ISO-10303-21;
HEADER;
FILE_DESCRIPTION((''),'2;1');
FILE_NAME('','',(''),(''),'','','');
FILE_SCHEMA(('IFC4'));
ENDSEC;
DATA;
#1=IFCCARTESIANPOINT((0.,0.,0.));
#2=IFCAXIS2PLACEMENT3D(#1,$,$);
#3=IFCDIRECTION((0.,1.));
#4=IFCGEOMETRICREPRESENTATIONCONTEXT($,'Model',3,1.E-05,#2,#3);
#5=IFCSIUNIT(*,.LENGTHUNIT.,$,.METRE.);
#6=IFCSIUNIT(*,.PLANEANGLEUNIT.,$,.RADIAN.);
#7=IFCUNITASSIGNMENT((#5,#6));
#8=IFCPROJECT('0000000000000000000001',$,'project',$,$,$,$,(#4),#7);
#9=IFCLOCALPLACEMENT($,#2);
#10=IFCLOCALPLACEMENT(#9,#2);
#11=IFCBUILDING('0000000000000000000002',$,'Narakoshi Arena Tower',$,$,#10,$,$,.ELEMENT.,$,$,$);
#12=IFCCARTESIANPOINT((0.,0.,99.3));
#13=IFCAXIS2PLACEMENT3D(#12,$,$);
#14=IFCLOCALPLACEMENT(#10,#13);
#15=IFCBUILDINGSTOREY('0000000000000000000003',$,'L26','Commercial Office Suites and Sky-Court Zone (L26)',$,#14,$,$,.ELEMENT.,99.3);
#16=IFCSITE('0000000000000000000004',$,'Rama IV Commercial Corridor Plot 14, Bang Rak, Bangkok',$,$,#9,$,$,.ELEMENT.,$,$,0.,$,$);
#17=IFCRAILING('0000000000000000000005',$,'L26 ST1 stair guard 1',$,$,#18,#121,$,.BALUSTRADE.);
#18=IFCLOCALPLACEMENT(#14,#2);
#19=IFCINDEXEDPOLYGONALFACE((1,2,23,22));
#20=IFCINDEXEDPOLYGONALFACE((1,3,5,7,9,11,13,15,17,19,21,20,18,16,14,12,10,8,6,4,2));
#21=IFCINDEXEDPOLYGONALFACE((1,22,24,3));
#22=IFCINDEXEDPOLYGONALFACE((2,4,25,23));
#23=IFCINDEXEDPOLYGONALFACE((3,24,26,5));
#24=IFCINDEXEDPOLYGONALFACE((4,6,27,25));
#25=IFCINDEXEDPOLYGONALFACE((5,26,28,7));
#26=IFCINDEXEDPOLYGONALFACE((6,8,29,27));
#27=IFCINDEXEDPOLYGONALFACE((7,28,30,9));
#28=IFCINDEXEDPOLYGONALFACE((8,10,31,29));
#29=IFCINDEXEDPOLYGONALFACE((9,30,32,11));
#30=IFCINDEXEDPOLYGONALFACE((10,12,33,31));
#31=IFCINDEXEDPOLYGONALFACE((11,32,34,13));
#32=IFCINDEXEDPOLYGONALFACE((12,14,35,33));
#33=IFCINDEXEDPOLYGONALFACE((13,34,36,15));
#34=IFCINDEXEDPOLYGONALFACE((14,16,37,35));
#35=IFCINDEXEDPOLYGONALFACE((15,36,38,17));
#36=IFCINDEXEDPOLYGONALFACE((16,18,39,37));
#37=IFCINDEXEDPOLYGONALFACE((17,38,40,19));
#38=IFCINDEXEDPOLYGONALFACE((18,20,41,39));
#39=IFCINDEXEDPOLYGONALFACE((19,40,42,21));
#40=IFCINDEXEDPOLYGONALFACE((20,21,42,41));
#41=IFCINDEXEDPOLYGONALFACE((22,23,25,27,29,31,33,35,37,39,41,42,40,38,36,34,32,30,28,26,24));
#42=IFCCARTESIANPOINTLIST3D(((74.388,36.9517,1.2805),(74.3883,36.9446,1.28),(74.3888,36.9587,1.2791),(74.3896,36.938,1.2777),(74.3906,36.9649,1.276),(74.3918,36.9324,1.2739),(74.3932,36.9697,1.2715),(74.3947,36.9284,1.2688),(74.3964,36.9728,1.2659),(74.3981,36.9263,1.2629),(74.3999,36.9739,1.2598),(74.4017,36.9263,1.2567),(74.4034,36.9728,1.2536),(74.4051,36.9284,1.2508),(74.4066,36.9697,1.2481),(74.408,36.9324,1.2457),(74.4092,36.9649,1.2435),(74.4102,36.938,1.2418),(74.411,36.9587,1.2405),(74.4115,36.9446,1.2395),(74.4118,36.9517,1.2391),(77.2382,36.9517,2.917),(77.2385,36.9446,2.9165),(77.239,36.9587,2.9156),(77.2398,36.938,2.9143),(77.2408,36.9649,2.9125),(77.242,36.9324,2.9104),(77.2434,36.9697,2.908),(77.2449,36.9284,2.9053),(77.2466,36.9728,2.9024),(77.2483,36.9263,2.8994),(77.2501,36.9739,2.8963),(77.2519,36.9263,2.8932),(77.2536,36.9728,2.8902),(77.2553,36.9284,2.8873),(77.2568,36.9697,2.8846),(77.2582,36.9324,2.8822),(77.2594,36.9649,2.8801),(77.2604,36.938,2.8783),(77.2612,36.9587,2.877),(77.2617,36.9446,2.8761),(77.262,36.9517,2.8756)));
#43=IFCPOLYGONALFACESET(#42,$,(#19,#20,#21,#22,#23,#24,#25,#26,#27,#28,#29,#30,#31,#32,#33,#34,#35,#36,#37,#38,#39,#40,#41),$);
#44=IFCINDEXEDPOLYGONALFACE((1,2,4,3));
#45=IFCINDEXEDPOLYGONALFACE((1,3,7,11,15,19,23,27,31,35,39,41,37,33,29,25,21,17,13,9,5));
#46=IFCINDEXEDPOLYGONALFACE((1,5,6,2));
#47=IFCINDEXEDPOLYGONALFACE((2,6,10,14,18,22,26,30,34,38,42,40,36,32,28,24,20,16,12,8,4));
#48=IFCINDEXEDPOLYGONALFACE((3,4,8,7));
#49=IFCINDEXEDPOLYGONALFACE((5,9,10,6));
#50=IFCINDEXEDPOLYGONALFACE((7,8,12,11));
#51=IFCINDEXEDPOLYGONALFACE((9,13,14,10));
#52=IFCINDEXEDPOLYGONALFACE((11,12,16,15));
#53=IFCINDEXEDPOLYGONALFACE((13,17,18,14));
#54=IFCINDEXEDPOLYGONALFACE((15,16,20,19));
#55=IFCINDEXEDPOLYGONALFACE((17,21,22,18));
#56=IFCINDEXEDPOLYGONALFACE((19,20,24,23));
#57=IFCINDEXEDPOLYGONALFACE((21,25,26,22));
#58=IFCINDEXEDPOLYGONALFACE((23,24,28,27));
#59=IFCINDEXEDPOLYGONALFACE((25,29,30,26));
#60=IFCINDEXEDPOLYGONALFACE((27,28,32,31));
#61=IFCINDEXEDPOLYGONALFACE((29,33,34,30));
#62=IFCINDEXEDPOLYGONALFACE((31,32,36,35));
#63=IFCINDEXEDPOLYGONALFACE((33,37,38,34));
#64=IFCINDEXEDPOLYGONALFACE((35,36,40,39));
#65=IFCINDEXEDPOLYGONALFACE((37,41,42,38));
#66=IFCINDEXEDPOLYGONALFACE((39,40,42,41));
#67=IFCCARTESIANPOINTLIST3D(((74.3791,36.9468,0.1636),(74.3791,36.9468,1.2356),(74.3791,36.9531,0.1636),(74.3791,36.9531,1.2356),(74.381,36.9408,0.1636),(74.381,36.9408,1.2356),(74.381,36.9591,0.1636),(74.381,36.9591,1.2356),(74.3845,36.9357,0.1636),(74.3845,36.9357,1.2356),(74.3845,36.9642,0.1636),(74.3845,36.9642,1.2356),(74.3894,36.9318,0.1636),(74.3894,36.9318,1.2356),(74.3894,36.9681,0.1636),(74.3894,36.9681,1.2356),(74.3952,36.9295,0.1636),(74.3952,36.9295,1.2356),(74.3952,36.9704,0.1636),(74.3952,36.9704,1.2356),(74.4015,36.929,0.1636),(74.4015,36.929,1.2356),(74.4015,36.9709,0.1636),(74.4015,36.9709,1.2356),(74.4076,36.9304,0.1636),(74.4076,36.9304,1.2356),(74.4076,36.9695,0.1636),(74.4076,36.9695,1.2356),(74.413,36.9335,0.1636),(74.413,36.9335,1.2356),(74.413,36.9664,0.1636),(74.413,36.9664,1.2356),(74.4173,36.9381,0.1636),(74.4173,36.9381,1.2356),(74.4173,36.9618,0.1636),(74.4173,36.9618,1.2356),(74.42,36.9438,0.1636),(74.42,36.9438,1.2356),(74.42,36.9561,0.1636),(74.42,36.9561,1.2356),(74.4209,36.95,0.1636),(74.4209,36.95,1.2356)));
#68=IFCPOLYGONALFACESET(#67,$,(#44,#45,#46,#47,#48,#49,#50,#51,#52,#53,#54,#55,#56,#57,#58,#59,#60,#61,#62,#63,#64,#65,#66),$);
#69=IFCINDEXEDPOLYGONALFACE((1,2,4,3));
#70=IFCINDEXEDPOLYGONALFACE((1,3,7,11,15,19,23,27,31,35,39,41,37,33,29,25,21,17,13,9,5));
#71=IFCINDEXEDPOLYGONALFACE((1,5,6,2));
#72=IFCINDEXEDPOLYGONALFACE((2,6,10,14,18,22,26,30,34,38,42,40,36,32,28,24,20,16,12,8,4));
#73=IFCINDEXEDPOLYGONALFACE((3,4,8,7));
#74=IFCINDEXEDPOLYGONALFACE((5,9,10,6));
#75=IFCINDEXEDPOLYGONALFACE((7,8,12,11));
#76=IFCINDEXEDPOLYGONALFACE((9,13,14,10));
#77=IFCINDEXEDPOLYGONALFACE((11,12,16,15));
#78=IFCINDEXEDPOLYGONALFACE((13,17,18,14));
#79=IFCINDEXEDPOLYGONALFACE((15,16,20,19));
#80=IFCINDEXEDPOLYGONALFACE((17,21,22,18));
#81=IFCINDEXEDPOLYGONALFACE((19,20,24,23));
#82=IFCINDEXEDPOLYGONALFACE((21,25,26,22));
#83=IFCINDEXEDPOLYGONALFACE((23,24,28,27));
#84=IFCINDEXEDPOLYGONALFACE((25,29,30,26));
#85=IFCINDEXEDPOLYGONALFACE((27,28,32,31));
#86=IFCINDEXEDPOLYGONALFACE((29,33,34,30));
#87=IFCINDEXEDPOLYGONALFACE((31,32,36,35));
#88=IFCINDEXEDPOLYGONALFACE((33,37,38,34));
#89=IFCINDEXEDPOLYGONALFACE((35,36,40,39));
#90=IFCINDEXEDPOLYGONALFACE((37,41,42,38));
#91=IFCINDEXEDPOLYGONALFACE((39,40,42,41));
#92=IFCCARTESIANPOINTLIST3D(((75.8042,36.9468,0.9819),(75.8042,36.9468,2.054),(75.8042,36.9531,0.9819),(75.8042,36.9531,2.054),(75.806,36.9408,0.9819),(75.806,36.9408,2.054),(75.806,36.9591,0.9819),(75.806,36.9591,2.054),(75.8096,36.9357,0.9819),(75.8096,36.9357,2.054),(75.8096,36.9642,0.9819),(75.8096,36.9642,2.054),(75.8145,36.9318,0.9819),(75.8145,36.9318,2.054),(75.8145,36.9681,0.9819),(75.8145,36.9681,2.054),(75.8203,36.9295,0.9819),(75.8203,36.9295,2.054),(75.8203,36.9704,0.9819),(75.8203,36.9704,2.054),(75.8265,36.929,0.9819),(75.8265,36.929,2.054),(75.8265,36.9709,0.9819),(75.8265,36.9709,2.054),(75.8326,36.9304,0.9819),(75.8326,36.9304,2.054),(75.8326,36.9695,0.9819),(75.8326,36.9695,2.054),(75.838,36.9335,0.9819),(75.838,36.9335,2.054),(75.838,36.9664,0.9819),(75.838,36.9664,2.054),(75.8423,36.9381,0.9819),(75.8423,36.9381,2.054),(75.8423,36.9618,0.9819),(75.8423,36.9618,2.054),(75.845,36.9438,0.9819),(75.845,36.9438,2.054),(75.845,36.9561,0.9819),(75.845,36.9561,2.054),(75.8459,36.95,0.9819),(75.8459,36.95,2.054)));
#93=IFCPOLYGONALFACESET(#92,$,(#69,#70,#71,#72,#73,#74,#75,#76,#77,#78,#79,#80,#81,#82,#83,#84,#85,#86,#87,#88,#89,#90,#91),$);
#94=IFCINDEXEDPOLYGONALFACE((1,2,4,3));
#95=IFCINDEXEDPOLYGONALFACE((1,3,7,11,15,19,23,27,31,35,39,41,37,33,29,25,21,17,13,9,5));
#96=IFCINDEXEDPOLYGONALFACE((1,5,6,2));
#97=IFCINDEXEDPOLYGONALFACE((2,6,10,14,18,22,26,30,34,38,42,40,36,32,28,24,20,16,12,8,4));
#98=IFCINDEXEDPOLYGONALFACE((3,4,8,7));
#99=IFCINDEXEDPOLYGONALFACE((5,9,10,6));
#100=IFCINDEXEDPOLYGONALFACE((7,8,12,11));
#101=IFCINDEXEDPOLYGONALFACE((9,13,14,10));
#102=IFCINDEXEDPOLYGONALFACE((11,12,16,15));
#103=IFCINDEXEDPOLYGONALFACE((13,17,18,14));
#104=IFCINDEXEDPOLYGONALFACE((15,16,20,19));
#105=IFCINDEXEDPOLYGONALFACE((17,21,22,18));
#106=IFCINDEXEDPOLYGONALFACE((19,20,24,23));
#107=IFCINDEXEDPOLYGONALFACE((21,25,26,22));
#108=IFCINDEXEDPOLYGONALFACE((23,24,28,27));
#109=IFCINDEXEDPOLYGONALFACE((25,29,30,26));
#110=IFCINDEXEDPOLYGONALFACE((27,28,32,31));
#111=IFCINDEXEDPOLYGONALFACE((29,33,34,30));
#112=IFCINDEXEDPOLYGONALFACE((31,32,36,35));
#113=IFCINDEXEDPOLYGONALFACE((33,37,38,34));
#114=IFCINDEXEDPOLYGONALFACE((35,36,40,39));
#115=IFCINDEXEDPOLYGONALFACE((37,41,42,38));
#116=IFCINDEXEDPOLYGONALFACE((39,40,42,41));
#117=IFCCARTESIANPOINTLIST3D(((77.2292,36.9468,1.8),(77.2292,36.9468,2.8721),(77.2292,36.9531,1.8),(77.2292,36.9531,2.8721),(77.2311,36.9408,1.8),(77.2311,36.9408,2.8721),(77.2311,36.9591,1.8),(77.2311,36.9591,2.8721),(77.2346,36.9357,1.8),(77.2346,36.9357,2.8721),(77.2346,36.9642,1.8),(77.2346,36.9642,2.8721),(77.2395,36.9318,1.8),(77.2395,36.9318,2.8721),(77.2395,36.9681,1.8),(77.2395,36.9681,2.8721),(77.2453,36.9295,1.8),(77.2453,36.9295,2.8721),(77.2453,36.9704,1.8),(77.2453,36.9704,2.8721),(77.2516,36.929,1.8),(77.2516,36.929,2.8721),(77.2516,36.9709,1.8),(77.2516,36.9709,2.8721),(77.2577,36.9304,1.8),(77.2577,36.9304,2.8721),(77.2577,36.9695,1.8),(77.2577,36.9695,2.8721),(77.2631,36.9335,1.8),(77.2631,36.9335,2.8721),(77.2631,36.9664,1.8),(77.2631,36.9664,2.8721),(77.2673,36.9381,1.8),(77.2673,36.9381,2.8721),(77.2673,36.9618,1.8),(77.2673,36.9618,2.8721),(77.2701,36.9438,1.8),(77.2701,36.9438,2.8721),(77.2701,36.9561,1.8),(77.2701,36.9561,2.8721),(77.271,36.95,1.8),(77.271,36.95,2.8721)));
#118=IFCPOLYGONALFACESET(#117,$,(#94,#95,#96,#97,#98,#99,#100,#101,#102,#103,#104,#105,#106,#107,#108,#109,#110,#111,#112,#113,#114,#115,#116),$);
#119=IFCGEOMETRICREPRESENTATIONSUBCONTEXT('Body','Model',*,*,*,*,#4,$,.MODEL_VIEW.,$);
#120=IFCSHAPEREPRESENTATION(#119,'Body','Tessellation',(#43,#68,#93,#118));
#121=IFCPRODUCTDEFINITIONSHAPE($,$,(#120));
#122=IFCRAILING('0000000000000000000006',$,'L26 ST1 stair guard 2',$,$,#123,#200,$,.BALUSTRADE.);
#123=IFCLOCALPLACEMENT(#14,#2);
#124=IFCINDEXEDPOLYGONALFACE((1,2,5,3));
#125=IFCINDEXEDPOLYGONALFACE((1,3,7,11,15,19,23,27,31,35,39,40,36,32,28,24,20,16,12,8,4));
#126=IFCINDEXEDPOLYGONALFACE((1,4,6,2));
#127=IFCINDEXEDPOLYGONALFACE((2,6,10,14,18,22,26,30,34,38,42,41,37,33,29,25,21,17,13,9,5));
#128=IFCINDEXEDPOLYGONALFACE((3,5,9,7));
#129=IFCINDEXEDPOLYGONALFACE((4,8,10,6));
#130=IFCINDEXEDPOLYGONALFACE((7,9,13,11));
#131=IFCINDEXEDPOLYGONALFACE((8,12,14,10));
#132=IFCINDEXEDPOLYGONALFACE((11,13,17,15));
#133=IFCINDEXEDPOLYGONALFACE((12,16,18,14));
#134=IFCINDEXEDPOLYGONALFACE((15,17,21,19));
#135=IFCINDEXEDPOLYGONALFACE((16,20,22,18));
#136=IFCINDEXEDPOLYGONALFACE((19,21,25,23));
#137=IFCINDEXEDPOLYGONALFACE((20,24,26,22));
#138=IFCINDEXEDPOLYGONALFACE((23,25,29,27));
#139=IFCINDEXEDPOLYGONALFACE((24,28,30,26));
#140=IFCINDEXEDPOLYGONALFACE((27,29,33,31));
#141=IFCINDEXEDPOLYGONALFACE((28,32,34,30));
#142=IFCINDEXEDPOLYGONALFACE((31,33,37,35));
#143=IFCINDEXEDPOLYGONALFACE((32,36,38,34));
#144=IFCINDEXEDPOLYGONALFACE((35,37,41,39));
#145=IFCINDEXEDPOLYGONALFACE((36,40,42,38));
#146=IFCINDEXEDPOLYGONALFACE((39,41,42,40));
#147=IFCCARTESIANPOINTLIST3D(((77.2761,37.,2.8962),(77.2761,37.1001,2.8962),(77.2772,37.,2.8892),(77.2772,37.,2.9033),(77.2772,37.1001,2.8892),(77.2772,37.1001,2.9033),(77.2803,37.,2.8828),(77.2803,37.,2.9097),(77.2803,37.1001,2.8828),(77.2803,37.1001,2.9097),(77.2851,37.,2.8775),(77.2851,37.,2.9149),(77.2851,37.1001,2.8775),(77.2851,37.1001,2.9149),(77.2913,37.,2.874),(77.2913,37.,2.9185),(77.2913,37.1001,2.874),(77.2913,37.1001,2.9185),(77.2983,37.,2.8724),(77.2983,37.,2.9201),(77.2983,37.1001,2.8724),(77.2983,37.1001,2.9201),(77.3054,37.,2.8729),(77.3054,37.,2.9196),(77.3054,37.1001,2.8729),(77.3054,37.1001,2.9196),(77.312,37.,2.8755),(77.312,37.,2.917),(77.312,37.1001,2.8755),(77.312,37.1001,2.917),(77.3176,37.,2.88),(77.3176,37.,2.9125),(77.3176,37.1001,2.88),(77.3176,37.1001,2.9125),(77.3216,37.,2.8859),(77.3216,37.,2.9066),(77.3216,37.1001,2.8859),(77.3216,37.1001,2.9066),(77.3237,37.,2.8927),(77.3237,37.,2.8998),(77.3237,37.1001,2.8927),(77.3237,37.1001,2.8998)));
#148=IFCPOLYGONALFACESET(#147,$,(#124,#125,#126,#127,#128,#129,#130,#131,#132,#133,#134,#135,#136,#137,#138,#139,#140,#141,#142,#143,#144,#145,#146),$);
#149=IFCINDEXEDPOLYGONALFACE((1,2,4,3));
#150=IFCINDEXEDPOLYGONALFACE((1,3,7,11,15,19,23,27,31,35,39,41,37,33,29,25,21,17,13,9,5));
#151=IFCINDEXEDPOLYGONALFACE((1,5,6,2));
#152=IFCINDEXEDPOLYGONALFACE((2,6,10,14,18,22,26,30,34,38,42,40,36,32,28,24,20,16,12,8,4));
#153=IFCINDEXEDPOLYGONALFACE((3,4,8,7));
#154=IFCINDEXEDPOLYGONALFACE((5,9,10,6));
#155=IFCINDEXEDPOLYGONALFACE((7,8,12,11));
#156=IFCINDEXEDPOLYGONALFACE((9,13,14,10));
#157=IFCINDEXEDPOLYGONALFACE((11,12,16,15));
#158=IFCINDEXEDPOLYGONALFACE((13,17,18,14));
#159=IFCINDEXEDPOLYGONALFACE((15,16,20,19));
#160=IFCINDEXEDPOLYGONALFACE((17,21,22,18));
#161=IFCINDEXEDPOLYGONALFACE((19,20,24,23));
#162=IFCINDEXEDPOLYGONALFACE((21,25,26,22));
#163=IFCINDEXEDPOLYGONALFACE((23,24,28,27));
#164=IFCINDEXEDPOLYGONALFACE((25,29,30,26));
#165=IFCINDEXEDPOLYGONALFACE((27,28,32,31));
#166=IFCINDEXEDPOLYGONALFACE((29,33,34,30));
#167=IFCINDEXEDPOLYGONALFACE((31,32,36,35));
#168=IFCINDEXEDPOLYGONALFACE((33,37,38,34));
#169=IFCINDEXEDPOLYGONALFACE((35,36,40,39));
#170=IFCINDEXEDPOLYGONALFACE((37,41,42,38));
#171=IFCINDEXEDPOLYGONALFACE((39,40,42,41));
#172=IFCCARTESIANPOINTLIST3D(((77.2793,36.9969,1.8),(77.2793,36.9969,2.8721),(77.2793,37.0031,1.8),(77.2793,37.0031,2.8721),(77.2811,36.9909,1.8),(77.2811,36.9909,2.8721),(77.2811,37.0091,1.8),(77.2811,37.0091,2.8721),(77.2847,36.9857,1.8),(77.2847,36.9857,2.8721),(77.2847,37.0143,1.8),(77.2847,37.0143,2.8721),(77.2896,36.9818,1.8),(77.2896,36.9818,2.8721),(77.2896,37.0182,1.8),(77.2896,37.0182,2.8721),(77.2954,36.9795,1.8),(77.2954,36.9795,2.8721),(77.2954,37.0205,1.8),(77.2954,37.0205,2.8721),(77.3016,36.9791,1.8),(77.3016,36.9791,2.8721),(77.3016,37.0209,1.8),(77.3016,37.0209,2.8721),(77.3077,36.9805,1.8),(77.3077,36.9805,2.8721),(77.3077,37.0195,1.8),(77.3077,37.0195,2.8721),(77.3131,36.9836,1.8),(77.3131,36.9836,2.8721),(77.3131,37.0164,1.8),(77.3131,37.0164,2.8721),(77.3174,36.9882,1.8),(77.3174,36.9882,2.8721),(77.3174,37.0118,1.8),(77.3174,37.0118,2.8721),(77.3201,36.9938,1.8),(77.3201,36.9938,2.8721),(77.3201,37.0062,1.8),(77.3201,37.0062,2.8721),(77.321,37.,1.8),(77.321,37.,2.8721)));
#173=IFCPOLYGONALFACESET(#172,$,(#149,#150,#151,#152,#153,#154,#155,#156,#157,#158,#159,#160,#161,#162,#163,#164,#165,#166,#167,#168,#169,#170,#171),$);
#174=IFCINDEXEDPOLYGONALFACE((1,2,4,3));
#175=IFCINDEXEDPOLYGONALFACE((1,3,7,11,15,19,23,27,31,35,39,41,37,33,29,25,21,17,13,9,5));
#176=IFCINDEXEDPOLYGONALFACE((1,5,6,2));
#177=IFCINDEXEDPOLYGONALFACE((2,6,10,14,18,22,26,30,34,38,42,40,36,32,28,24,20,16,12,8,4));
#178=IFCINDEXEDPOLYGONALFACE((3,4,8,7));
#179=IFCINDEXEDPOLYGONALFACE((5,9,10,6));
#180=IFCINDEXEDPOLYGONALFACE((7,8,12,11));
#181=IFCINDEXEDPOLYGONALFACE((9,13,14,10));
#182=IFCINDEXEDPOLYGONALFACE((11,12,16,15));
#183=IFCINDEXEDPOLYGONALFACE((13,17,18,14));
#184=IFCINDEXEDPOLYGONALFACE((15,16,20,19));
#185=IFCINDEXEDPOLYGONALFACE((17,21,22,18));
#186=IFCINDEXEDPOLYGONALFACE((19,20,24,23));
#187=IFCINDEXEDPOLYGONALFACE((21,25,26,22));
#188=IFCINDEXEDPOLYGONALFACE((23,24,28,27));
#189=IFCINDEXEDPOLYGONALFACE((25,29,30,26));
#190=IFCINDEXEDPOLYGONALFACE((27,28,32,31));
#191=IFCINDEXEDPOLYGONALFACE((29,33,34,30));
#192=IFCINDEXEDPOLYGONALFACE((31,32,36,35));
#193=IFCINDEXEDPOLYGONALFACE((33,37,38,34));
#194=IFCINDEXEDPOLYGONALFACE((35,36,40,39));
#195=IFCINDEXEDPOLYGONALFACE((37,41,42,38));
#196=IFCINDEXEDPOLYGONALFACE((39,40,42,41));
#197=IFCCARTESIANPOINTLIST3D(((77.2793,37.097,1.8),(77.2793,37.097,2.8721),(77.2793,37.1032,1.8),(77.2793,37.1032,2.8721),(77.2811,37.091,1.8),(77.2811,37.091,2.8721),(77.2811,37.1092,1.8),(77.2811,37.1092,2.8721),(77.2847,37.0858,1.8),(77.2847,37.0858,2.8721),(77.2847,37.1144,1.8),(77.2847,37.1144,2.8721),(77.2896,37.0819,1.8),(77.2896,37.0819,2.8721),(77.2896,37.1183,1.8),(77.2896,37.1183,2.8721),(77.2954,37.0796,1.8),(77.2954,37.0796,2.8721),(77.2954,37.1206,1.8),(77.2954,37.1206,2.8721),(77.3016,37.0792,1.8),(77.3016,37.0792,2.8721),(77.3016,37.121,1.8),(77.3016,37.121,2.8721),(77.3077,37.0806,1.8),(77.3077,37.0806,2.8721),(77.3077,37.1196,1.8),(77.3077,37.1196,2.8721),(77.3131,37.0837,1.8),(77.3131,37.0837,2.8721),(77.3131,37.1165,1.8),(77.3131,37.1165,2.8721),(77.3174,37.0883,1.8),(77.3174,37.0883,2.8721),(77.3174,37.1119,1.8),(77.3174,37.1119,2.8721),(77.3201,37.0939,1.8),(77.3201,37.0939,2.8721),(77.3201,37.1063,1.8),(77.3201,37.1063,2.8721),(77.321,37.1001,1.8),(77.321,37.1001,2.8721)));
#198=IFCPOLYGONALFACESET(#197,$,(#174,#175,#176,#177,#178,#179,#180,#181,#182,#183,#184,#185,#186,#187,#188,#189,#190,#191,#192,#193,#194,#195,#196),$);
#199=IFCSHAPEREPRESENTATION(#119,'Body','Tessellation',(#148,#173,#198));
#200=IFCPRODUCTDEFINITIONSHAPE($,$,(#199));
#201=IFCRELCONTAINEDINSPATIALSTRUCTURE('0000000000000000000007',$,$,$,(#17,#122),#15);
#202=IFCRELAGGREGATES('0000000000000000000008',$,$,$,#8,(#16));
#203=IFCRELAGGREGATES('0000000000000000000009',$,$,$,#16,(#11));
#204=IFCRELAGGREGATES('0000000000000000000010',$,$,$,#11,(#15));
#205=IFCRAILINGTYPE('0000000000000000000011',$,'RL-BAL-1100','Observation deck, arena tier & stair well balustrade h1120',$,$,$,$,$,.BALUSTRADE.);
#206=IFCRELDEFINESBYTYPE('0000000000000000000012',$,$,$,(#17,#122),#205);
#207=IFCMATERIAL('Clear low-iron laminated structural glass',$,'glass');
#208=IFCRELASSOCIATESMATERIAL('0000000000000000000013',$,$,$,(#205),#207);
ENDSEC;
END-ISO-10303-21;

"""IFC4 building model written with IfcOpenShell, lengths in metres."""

from ifc_helpers import new_model, si_unit, direction, frame, origin, origin_2d, place, context, subcontext, project, spatial, circle, extrude, material, type_object, element, save


model = new_model("IFC4")

# Units and contexts
model_context = context("Model", 3, precision=1e-05, world=origin(), true_north=direction((0.0, 1.0)))
body_context = subcontext(model_context, "Body", "Model", "MODEL_VIEW")
ifc_project = project(units=[si_unit("LENGTHUNIT", "METRE"), si_unit("PLANEANGLEUNIT", "RADIAN")], contexts=[model_context])

# Site, building, storey
site_placement = place(None, origin())
site = spatial("IfcSite", under=ifc_project, at=site_placement, Name="Rama IV Commercial Corridor Plot 14, Bang Rak, Bangkok", CompositionType="ELEMENT", RefElevation=0.0)
building_placement = place(site_placement, origin())
building = spatial("IfcBuilding", under=site, at=building_placement, Name="Narakoshi Arena Tower", CompositionType="ELEMENT")
storey_placement = place(building_placement, frame((0.0, 0.0, 99.3)))
storey = spatial("IfcBuildingStorey", under=building, at=storey_placement, Name="L26", Description="Commercial Office Suites and Sky-Court Zone (L26)", CompositionType="ELEMENT", Elevation=99.3)

# Railings
ifc_material_1 = material(Name="Clear low-iron laminated structural glass", Category="glass")
railing_type_1 = type_object("IfcRailingType", Name="RL-BAL-1100", Description="Observation deck, arena tier & stair well balustrade h1120", PredefinedType="BALUSTRADE", material=ifc_material_1)
railing_1_placement = place(storey_placement, frame((74.3999, 36.95, 0.1636)))
element("IfcRailing", 1, at=railing_1_placement, inside=storey, type_object=railing_type_1, Name="L26 ST1 stair guard 1", PredefinedType="BALUSTRADE", context=body_context, shape_type="SweptSolid", body=[
    extrude(circle(Radius=0.0239, at=origin_2d()), frame((0.0, 0.0, 1.0962), z_axis=(0.867213, 0.0, 0.497938), x_axis=(0.0, 1.0, 0.0)), (0.0, 0.0, 1.0), 3.2866),
    extrude(circle(Radius=0.021, at=origin_2d()), origin(), (0.0, 0.0, 1.0), 1.072),
    extrude(circle(Radius=0.021, at=origin_2d()), frame((1.425, 0.0, 0.8184)), (0.0, 0.0, 1.0), 1.072),
    extrude(circle(Radius=0.021, at=origin_2d()), frame((2.8501, 0.0, 1.6365)), (0.0, 0.0, 1.0), 1.072),
])
railing_2_placement = place(storey_placement, frame((77.3, 37.0, 1.8)))
element("IfcRailing", 2, at=railing_2_placement, inside=storey, type_object=railing_type_1, Name="L26 ST1 stair guard 2", PredefinedType="BALUSTRADE", context=body_context, shape_type="SweptSolid", body=[
    extrude(circle(Radius=0.0239, at=origin_2d()), frame((0.0, 0.0, 1.0962), z_axis=(0.0, 1.0, 0.0), x_axis=(-1.0, 0.0, 0.0)), (0.0, 0.0, 1.0), 0.1001),
    extrude(circle(Radius=0.021, at=origin_2d()), origin(), (0.0, 0.0, 1.0), 1.072),
    extrude(circle(Radius=0.021, at=origin_2d()), frame((0.0, 0.1001, 0.0)), (0.0, 0.0, 1.0), 1.072),
])

save(model, "model.ifc")
